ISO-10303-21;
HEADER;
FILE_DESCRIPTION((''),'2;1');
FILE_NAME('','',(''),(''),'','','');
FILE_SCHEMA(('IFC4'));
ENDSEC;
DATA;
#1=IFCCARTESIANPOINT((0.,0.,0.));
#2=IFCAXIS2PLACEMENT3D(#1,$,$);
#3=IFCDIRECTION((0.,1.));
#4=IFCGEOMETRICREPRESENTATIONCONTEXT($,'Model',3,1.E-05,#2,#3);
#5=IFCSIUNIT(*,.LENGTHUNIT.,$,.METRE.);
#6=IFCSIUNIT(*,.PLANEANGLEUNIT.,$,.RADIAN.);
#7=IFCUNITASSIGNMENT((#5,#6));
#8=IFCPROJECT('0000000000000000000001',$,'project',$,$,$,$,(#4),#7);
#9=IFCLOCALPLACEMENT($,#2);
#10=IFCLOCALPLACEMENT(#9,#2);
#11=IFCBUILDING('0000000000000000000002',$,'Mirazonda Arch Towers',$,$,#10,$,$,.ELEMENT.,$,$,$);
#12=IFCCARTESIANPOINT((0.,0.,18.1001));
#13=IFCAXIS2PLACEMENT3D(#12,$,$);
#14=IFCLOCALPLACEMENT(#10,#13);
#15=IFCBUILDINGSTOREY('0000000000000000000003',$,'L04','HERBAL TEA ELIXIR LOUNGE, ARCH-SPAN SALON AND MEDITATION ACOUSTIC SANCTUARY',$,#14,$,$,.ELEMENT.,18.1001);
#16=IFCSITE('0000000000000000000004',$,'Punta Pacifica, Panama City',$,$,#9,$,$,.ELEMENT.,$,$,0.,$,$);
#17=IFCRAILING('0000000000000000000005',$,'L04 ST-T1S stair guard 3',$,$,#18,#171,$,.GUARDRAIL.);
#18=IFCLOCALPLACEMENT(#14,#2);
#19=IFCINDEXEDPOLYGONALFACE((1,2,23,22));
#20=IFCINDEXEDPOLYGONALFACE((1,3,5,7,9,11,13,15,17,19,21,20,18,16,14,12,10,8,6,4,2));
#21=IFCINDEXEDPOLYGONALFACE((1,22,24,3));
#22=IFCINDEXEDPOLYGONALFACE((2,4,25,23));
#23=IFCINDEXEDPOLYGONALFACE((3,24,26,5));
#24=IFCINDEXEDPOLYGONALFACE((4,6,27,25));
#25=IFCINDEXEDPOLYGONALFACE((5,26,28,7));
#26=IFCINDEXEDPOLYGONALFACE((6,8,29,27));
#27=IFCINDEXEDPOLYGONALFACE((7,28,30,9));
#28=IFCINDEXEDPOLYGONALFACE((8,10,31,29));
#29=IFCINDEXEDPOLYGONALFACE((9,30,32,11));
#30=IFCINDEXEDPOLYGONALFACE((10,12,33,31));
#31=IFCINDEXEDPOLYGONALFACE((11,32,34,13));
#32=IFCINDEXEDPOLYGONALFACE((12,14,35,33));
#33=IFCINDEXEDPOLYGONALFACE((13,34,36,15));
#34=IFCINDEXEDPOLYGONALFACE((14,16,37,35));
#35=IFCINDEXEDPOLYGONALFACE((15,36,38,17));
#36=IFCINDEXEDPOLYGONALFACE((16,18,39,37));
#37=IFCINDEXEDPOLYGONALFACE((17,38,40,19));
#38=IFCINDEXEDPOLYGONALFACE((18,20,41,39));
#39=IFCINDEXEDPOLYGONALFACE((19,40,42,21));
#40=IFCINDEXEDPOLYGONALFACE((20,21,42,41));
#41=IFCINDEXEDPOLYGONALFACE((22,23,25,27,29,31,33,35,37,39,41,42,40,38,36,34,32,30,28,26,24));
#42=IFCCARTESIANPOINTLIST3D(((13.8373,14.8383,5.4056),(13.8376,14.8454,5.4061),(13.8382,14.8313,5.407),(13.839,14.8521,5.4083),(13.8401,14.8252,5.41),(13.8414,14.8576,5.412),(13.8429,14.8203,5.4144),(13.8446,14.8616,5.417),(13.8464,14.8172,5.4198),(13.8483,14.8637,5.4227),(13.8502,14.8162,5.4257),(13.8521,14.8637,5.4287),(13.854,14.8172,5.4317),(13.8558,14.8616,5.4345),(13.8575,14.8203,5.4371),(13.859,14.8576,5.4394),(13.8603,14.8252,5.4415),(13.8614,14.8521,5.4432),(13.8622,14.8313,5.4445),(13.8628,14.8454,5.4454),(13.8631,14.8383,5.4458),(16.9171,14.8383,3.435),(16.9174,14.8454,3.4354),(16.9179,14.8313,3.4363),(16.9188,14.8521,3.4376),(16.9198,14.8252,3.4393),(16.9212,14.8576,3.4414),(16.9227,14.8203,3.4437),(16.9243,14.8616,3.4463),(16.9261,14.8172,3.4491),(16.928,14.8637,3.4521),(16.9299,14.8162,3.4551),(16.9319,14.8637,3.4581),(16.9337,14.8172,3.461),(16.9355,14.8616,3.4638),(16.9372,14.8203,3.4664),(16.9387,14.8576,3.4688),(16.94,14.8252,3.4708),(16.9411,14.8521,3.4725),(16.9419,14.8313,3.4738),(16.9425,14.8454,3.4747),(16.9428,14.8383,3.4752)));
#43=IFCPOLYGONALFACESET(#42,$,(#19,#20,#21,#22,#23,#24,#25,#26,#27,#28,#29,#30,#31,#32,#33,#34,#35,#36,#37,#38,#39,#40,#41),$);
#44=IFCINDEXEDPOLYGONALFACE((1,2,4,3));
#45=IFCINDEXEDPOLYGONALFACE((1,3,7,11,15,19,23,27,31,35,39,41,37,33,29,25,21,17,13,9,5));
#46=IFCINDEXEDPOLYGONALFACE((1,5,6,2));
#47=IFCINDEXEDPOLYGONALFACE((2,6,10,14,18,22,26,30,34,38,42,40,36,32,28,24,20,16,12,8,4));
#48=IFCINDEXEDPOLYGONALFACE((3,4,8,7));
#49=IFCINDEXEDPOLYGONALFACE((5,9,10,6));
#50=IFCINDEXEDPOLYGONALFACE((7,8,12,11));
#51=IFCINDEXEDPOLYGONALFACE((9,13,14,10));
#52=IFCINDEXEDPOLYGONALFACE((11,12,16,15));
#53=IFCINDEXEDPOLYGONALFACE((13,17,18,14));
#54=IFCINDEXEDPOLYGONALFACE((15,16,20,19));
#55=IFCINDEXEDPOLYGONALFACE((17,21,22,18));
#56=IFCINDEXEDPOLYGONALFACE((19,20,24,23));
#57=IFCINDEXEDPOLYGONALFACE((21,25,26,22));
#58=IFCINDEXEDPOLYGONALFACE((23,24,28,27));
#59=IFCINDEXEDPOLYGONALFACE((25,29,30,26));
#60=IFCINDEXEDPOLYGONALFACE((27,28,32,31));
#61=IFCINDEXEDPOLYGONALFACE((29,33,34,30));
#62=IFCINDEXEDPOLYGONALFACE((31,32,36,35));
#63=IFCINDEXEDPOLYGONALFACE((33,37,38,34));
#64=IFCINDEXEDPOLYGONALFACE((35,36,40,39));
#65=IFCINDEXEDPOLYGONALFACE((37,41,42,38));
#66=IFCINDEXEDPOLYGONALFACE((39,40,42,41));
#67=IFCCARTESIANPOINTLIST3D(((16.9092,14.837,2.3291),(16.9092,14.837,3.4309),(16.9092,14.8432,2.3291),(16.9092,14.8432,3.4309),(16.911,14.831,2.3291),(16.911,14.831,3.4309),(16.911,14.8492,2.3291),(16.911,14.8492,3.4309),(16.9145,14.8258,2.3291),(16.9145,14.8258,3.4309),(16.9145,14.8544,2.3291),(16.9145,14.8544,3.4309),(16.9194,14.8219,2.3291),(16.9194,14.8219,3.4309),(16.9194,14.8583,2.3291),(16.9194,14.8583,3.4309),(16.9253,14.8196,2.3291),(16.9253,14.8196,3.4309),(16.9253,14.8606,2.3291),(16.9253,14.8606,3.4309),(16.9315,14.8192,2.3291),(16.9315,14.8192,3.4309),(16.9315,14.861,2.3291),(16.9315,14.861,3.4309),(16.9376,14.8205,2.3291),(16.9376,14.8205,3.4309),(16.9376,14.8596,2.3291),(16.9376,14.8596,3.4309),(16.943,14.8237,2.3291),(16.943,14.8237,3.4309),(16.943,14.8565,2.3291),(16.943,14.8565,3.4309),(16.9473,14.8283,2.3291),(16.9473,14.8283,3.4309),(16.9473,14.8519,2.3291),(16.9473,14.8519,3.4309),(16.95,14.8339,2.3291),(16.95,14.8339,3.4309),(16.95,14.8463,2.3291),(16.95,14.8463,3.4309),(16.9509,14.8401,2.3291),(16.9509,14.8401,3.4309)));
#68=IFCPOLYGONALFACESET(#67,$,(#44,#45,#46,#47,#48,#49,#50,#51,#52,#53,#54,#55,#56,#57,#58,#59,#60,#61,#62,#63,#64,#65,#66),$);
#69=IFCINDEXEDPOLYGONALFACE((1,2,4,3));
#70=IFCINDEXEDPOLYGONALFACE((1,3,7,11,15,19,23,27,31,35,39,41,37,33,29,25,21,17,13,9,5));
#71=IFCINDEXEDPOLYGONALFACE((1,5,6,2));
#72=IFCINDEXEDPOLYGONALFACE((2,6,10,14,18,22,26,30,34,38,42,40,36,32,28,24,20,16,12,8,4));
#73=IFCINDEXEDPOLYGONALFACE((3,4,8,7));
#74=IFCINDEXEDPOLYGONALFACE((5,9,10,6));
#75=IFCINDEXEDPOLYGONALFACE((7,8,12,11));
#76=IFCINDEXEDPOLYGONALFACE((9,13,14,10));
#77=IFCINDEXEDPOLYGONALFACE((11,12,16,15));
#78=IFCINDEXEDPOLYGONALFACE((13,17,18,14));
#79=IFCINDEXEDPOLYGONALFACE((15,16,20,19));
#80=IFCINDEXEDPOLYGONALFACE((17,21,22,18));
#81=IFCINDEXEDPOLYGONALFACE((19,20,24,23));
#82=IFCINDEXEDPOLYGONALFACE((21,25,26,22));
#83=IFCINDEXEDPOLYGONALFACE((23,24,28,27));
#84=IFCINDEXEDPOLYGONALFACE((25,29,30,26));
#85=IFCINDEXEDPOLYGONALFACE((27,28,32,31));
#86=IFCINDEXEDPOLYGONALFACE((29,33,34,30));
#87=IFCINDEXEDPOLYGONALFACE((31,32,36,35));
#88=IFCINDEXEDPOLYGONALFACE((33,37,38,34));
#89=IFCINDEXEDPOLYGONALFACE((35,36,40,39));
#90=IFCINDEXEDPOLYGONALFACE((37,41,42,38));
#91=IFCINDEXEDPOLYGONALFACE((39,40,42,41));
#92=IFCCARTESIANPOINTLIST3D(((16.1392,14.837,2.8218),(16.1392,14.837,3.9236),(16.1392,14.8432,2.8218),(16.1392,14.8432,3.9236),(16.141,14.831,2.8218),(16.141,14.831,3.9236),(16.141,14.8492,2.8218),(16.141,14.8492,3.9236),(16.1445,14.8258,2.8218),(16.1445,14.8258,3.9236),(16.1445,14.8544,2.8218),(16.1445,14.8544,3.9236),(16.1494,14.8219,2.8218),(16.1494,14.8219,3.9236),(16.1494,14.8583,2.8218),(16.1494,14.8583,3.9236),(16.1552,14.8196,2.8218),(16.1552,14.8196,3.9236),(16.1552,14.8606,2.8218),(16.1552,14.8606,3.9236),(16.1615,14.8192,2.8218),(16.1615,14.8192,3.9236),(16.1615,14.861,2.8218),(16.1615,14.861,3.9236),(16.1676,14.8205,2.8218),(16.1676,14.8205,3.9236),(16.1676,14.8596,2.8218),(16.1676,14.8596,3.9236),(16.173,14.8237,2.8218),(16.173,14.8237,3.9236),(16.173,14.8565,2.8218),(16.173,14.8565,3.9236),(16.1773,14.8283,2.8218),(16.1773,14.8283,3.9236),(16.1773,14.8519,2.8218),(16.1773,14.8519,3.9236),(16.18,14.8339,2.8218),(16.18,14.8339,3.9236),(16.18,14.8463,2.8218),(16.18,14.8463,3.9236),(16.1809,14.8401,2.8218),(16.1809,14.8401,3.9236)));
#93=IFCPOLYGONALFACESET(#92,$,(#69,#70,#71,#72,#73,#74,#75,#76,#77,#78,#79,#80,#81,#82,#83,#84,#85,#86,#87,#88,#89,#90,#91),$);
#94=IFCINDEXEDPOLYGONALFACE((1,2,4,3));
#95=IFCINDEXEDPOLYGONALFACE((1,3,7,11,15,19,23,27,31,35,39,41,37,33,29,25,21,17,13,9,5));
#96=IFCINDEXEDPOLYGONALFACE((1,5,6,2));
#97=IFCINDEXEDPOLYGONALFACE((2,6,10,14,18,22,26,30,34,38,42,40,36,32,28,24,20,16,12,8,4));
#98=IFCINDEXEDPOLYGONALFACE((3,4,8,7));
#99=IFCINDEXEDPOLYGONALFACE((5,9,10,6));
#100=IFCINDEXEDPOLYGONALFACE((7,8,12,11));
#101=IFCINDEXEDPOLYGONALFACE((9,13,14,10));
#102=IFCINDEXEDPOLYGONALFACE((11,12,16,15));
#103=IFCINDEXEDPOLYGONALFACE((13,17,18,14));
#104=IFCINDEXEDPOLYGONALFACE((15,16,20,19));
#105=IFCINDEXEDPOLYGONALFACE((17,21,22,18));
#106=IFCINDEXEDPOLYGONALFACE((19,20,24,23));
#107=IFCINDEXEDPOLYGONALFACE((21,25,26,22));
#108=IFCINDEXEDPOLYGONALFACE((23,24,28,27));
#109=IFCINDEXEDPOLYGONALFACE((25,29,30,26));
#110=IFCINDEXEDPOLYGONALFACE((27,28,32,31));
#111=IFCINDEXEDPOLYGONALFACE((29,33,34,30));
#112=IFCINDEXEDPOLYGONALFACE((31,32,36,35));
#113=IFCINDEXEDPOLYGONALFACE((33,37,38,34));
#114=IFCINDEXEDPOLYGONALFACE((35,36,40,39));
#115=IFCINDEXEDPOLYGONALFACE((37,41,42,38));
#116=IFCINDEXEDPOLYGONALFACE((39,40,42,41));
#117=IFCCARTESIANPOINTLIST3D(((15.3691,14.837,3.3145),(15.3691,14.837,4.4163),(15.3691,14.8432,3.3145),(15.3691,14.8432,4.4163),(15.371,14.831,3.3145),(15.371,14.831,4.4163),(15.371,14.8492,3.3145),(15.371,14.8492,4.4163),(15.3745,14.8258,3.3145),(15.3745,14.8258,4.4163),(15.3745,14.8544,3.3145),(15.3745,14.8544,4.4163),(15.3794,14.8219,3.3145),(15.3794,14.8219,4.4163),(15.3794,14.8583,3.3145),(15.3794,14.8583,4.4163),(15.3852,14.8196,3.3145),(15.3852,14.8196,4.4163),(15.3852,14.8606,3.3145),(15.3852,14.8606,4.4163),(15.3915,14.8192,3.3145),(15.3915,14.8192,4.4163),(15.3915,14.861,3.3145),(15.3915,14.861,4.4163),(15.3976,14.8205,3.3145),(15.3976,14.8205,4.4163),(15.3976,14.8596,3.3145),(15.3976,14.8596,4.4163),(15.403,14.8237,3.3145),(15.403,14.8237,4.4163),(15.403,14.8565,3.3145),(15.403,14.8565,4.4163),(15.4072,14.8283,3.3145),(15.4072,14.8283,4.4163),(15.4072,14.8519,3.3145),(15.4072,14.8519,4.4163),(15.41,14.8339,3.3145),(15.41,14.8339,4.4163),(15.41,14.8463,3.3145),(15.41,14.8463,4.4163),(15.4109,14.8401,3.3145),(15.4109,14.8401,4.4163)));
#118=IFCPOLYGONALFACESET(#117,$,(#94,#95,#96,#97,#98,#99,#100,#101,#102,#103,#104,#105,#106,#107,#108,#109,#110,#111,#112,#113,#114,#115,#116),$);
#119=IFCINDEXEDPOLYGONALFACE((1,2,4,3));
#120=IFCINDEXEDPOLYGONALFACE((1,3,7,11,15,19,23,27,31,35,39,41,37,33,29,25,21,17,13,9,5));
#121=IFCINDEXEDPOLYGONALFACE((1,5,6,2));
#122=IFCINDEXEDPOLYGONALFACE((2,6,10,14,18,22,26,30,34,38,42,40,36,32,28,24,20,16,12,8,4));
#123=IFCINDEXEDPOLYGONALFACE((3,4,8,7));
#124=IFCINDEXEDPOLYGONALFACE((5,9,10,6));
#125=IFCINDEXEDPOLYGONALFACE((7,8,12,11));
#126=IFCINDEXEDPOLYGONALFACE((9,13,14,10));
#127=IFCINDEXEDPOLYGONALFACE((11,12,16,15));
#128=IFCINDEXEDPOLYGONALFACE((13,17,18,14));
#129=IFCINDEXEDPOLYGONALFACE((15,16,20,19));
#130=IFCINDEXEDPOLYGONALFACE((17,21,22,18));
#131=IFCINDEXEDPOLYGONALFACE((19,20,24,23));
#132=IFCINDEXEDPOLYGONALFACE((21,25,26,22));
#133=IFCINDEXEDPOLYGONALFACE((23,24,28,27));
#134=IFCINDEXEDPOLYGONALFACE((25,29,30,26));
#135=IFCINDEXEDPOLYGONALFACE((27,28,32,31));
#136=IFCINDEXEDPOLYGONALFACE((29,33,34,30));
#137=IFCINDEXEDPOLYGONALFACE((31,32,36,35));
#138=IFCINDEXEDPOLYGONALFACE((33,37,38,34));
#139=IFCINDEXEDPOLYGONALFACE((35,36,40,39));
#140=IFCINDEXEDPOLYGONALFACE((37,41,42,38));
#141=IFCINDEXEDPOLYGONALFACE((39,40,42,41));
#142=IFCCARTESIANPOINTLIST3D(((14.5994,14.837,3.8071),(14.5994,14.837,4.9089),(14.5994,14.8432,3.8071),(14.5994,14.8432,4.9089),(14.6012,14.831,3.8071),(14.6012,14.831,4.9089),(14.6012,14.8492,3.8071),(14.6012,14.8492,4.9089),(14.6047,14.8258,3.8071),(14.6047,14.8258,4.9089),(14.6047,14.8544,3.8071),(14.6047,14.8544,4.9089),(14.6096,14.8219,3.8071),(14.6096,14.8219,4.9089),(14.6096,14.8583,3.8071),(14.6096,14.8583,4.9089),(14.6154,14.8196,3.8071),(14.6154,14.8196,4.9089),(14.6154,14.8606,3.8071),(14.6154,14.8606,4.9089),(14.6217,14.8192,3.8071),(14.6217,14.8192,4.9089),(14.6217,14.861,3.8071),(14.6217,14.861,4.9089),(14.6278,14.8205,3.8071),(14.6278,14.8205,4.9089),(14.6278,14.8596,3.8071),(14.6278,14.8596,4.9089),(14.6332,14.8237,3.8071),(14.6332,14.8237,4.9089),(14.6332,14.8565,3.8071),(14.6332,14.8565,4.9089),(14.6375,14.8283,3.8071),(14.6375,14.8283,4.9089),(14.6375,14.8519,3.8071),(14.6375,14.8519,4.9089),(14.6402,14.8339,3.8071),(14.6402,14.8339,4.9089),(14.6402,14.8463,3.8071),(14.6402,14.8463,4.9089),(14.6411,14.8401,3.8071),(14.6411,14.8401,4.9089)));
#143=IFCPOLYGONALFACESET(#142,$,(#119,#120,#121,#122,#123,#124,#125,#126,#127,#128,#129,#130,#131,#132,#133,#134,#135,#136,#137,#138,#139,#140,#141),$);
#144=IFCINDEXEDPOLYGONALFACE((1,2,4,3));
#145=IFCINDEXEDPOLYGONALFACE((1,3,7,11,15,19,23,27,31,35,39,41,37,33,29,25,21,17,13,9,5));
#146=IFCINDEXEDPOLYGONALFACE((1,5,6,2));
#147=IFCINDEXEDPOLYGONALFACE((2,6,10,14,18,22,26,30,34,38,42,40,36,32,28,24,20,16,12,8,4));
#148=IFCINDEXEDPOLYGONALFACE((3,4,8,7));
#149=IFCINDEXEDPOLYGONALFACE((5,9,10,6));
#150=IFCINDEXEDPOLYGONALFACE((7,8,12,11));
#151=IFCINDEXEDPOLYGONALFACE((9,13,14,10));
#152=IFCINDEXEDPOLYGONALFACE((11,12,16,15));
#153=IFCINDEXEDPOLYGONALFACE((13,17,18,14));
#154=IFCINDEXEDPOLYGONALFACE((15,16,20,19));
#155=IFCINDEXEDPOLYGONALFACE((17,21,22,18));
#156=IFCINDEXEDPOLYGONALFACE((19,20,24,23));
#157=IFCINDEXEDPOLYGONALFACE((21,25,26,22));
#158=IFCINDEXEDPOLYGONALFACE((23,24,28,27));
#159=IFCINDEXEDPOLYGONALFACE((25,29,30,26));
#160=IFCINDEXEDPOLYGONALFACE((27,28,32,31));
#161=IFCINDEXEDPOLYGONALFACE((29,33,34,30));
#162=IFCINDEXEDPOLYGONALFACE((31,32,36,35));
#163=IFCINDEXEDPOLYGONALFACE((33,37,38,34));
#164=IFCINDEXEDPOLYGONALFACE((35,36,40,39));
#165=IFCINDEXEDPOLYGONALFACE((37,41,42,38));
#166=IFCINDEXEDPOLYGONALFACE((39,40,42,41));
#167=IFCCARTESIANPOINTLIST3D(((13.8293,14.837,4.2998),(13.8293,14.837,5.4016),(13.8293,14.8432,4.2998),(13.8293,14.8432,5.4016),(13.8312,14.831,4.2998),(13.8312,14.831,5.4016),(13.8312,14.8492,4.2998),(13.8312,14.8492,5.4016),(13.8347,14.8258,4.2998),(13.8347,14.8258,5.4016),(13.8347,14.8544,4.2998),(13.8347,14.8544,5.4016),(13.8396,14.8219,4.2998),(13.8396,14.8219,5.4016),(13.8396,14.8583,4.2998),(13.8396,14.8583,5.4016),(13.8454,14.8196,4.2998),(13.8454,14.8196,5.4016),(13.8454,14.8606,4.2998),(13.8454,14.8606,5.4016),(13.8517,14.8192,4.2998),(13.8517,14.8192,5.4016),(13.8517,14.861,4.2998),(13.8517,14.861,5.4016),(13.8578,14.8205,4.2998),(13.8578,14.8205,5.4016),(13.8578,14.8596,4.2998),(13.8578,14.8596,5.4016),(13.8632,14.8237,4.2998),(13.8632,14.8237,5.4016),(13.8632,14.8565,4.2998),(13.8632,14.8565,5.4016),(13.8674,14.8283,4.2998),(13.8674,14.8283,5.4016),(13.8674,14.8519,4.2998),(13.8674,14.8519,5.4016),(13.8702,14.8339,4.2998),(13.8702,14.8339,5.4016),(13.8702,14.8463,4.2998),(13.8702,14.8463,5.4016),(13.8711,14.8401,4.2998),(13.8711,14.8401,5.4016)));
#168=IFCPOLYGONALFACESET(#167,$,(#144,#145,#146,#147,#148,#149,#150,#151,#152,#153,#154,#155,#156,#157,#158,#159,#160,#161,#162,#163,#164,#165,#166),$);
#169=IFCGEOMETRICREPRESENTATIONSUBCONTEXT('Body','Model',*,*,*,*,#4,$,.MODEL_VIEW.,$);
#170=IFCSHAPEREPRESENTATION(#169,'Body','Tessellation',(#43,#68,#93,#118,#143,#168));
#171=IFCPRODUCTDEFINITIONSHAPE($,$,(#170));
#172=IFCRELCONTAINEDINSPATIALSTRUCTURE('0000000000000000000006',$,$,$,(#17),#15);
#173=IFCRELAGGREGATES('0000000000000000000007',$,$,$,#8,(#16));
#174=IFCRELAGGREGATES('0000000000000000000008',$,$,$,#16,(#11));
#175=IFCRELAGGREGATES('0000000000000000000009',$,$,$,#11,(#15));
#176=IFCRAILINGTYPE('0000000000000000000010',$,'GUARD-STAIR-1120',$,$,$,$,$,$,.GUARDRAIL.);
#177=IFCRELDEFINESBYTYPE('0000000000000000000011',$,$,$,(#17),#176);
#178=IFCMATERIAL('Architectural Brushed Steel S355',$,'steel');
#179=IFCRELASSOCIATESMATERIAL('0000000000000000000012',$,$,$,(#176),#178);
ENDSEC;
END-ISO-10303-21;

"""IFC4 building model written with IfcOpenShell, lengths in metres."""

from ifc_helpers import new_model, si_unit, direction, frame, origin, origin_2d, place, context, subcontext, project, spatial, circle, extrude, material, type_object, element, save


model = new_model("IFC4")

# Units and contexts
model_context = context("Model", 3, precision=1e-05, world=origin(), true_north=direction((0.0, 1.0)))
body_context = subcontext(model_context, "Body", "Model", "MODEL_VIEW")
ifc_project = project(units=[si_unit("LENGTHUNIT", "METRE"), si_unit("PLANEANGLEUNIT", "RADIAN")], contexts=[model_context])

# Site, building, storey
site_placement = place(None, origin())
site = spatial("IfcSite", under=ifc_project, at=site_placement, Name="Punta Pacifica, Panama City", CompositionType="ELEMENT", RefElevation=0.0)
building_placement = place(site_placement, origin())
building = spatial("IfcBuilding", under=site, at=building_placement, Name="Mirazonda Arch Towers", CompositionType="ELEMENT")
storey_placement = place(building_placement, frame((0.0, 0.0, 18.1001)))
storey = spatial("IfcBuildingStorey", under=building, at=storey_placement, Name="L04", Description="HERBAL TEA ELIXIR LOUNGE, ARCH-SPAN SALON AND MEDITATION ACOUSTIC SANCTUARY", CompositionType="ELEMENT", Elevation=18.1001)

# Shared definitions
ifc_material_1 = material(Name="Architectural Brushed Steel S355", Category="steel")

# Railing
railing_type_1 = type_object("IfcRailingType", Name="GUARD-STAIR-1120", PredefinedType="GUARDRAIL", material=ifc_material_1)
railing_1_placement = place(storey_placement, frame((16.9299, 14.8401, 2.3291)))
element("IfcRailing", 1, at=railing_1_placement, inside=storey, type_object=railing_type_1, Name="L04 ST-T1S stair guard 3", PredefinedType="GUARDRAIL", context=body_context, shape_type="SweptSolid", body=[
    extrude(circle(Radius=0.0239, at=origin_2d()), frame((0.0, 0.0, 1.126), z_axis=(-0.84232, 0.0, 0.538978), x_axis=(0.0, -1.0, 0.0)), (0.0, 0.0, 1.0), 3.6562),
    extrude(circle(Radius=0.021, at=origin_2d()), origin(), (0.0, 0.0, 1.0), 1.1018),
    extrude(circle(Radius=0.021, at=origin_2d()), frame((-0.77, 0.0, 0.4927)), (0.0, 0.0, 1.0), 1.1018),
    extrude(circle(Radius=0.021, at=origin_2d()), frame((-1.54, 0.0, 0.9854)), (0.0, 0.0, 1.0), 1.1018),
    extrude(circle(Radius=0.021, at=origin_2d()), frame((-2.3098, 0.0, 1.478)), (0.0, 0.0, 1.0), 1.1018),
    extrude(circle(Radius=0.021, at=origin_2d()), frame((-3.0798, 0.0, 1.9707)), (0.0, 0.0, 1.0), 1.1018),
])

save(model, "model.ifc")
